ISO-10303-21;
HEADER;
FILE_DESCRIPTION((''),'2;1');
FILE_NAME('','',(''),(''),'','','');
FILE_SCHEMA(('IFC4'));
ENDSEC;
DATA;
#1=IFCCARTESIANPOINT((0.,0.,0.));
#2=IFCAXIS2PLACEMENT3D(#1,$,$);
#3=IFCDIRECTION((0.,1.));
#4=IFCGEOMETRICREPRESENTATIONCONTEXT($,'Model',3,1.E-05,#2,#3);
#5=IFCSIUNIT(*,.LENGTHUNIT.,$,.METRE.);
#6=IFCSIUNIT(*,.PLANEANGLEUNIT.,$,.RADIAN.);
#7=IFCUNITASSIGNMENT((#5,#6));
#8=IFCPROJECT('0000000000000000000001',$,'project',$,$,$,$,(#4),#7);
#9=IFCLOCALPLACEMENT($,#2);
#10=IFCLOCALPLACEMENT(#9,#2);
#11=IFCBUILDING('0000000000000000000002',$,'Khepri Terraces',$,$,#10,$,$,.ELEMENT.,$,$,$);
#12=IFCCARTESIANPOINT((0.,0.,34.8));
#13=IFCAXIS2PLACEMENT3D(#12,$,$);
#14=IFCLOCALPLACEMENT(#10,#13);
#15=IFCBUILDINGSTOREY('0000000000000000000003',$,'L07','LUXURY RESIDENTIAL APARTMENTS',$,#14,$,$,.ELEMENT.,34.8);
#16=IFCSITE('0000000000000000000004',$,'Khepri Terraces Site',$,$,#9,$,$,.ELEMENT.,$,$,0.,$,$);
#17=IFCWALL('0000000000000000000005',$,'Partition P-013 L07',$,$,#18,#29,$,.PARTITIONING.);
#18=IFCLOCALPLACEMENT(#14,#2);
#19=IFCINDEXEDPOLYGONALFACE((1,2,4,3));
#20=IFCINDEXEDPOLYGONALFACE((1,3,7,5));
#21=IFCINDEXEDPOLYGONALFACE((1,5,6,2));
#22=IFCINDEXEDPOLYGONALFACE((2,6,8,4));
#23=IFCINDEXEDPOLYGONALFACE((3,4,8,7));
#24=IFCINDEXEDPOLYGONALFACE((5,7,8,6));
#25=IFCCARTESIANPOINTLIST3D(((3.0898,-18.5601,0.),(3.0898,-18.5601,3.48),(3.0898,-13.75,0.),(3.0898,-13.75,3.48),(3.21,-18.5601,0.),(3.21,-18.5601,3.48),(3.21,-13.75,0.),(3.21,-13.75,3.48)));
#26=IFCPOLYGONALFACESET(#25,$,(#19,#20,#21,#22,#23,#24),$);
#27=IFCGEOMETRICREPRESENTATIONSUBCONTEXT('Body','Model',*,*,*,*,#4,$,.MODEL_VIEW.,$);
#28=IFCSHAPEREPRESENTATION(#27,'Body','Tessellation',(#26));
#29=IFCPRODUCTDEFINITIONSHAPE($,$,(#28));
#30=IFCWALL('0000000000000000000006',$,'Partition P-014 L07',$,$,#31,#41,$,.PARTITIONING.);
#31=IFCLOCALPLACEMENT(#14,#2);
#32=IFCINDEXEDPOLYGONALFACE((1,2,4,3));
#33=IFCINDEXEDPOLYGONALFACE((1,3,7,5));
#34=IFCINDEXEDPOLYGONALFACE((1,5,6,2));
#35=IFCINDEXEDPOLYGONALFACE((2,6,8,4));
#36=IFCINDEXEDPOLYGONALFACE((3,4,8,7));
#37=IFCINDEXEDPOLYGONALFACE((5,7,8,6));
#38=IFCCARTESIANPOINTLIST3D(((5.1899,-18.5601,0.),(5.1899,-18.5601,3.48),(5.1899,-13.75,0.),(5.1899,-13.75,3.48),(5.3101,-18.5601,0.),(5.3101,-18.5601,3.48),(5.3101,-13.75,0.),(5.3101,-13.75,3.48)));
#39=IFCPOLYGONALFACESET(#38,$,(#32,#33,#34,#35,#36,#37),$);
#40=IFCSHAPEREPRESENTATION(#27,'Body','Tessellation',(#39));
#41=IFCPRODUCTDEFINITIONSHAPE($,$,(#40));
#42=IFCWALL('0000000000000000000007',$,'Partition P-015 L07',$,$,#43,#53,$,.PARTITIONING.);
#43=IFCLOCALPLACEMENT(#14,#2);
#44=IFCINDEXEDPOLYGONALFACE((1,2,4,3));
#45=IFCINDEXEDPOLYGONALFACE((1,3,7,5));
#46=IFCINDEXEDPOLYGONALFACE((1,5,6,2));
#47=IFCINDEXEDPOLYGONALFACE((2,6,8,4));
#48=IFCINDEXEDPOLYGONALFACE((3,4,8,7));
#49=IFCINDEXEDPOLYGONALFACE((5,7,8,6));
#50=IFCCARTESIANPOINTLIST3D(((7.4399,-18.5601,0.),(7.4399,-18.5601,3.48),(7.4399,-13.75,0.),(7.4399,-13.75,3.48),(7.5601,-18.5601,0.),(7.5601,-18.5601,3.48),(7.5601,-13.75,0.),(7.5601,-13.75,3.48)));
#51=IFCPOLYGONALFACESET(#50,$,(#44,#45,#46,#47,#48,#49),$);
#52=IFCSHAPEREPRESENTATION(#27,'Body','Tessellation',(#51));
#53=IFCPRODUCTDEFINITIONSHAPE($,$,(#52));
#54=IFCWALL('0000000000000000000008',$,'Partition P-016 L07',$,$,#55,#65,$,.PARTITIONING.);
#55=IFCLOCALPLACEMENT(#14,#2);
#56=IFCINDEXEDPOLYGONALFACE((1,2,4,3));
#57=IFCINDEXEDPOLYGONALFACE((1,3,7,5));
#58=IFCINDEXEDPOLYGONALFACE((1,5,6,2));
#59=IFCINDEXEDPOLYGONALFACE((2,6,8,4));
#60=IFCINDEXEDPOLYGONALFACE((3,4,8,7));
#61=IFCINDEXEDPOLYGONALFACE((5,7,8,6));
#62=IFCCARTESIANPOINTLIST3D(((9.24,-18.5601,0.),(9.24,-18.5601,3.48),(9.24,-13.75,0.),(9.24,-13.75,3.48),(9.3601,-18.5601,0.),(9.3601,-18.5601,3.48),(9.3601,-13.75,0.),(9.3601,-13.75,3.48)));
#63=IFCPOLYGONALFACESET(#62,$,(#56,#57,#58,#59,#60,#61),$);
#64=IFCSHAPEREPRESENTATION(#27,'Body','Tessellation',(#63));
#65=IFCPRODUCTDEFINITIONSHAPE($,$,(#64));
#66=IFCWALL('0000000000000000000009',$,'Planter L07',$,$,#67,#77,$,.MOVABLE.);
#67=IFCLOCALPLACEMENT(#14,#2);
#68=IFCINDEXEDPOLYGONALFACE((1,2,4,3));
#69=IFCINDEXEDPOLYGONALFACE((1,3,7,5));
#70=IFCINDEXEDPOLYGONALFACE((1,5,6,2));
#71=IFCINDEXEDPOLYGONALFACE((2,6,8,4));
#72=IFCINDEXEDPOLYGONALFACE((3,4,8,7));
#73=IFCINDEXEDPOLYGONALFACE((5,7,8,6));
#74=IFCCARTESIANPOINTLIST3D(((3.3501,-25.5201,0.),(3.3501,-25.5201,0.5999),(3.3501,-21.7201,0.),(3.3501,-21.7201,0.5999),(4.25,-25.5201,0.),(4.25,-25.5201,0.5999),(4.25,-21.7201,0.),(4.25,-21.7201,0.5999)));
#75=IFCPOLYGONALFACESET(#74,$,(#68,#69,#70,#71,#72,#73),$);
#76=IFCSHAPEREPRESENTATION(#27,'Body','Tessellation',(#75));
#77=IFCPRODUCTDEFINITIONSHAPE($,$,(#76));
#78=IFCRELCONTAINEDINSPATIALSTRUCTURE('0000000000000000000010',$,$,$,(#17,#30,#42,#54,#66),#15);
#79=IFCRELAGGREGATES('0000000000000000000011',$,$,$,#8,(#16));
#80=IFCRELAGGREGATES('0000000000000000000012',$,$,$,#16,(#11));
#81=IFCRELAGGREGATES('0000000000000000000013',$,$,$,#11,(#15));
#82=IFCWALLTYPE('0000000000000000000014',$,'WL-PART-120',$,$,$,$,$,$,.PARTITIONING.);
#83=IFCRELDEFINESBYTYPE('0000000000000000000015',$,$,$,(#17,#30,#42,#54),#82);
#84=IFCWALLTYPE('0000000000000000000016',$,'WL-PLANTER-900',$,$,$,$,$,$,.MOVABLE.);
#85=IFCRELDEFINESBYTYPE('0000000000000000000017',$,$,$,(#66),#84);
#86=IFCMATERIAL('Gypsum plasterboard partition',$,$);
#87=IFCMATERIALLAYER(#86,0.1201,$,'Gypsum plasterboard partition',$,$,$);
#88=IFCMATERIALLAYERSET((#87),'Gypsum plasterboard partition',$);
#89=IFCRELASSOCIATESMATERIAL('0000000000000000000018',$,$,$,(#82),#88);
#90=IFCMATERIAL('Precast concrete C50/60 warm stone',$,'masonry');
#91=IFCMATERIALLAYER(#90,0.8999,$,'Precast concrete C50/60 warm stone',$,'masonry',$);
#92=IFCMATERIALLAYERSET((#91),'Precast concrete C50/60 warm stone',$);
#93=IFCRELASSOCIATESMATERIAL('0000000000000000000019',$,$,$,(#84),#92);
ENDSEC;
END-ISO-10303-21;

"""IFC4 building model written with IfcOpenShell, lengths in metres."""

from ifc_helpers import new_model, si_unit, direction, frame, frame_2d, origin, place, context, subcontext, project, spatial, rectangle, extrude, material, layer, layer_set, type_object, element, save


model = new_model("IFC4")

# Units and contexts
model_context = context("Model", 3, precision=1e-05, world=origin(), true_north=direction((0.0, 1.0)))
body_context = subcontext(model_context, "Body", "Model", "MODEL_VIEW")
ifc_project = project(units=[si_unit("LENGTHUNIT", "METRE"), si_unit("PLANEANGLEUNIT", "RADIAN")], contexts=[model_context])

# Site, building, storey
site_placement = place(None, origin())
site = spatial("IfcSite", under=ifc_project, at=site_placement, Name="Khepri Terraces Site", CompositionType="ELEMENT", RefElevation=0.0)
building_placement = place(site_placement, origin())
building = spatial("IfcBuilding", under=site, at=building_placement, Name="Khepri Terraces", CompositionType="ELEMENT")
storey_placement = place(building_placement, frame((0.0, 0.0, 34.8)))
storey = spatial("IfcBuildingStorey", under=building, at=storey_placement, Name="L07", Description="LUXURY RESIDENTIAL APARTMENTS", CompositionType="ELEMENT", Elevation=34.8)

# Shared definitions
ifc_material_1 = material(Name="Precast concrete C50/60 warm stone", Category="masonry")

# Shared definitions
ifc_material_2 = material(Name="Gypsum plasterboard partition")
ifc_layer_1 = layer(ifc_material_2, 0.1201, Name="Gypsum plasterboard partition")
ifc_layer_set_1 = layer_set([ifc_layer_1], Name="Gypsum plasterboard partition")
wall_type_1 = type_object("IfcWallType", Name="WL-PART-120", PredefinedType="PARTITIONING", material=ifc_layer_set_1)

# Walls
for number, where, z_axis, x_axis, name in (
    (1, (3.1499, -18.5601, 0.0), (0.0, 0.0, 1.0), (0.0, 1.0, 0.0), "Partition P-013 L07"),
    (2, (5.25, -18.5601, 0.0), (0.0, 0.0, 1.0), (0.0, 1.0, 0.0), "Partition P-014 L07"),
    (3, (7.5, -18.5601, 0.0), (0.0, 0.0, 1.0), (0.0, 1.0, 0.0), "Partition P-015 L07"),
    (4, (9.3, -18.5601, 0.0), (0.0, 0.0, 1.0), (0.0, 1.0, 0.0), "Partition P-016 L07"),
):
    element("IfcWall", number, at=place(storey_placement, frame(where, z_axis=z_axis, x_axis=x_axis)), inside=storey, type_object=wall_type_1, Name=name, PredefinedType="PARTITIONING", context=body_context, shape_type="SweptSolid", body=[
        extrude(rectangle(XDim=4.8101, YDim=0.1201, at=frame_2d((2.405, 0.0))), origin(), (0.0, 0.0, 1.0), 3.48),
    ])
ifc_layer_2 = layer(ifc_material_1, 0.8999, Name="Precast concrete C50/60 warm stone", Category="masonry")
ifc_layer_set_2 = layer_set([ifc_layer_2], Name="Precast concrete C50/60 warm stone")
wall_type_2 = type_object("IfcWallType", Name="WL-PLANTER-900", PredefinedType="MOVABLE", material=ifc_layer_set_2)
wall_1_placement = place(storey_placement, frame((3.8, -25.52, 0.0), z_axis=(0.0, 0.0, 1.0), x_axis=(0.0, 1.0, 0.0)))
element("IfcWall", 5, at=wall_1_placement, inside=storey, type_object=wall_type_2, Name="Planter L07", PredefinedType="MOVABLE", context=body_context, shape_type="SweptSolid", body=[
    extrude(rectangle(XDim=3.8, YDim=0.8999, at=frame_2d((1.8999, 0.0))), origin(), (0.0, 0.0, 1.0), 0.5999),
])

save(model, "model.ifc")
